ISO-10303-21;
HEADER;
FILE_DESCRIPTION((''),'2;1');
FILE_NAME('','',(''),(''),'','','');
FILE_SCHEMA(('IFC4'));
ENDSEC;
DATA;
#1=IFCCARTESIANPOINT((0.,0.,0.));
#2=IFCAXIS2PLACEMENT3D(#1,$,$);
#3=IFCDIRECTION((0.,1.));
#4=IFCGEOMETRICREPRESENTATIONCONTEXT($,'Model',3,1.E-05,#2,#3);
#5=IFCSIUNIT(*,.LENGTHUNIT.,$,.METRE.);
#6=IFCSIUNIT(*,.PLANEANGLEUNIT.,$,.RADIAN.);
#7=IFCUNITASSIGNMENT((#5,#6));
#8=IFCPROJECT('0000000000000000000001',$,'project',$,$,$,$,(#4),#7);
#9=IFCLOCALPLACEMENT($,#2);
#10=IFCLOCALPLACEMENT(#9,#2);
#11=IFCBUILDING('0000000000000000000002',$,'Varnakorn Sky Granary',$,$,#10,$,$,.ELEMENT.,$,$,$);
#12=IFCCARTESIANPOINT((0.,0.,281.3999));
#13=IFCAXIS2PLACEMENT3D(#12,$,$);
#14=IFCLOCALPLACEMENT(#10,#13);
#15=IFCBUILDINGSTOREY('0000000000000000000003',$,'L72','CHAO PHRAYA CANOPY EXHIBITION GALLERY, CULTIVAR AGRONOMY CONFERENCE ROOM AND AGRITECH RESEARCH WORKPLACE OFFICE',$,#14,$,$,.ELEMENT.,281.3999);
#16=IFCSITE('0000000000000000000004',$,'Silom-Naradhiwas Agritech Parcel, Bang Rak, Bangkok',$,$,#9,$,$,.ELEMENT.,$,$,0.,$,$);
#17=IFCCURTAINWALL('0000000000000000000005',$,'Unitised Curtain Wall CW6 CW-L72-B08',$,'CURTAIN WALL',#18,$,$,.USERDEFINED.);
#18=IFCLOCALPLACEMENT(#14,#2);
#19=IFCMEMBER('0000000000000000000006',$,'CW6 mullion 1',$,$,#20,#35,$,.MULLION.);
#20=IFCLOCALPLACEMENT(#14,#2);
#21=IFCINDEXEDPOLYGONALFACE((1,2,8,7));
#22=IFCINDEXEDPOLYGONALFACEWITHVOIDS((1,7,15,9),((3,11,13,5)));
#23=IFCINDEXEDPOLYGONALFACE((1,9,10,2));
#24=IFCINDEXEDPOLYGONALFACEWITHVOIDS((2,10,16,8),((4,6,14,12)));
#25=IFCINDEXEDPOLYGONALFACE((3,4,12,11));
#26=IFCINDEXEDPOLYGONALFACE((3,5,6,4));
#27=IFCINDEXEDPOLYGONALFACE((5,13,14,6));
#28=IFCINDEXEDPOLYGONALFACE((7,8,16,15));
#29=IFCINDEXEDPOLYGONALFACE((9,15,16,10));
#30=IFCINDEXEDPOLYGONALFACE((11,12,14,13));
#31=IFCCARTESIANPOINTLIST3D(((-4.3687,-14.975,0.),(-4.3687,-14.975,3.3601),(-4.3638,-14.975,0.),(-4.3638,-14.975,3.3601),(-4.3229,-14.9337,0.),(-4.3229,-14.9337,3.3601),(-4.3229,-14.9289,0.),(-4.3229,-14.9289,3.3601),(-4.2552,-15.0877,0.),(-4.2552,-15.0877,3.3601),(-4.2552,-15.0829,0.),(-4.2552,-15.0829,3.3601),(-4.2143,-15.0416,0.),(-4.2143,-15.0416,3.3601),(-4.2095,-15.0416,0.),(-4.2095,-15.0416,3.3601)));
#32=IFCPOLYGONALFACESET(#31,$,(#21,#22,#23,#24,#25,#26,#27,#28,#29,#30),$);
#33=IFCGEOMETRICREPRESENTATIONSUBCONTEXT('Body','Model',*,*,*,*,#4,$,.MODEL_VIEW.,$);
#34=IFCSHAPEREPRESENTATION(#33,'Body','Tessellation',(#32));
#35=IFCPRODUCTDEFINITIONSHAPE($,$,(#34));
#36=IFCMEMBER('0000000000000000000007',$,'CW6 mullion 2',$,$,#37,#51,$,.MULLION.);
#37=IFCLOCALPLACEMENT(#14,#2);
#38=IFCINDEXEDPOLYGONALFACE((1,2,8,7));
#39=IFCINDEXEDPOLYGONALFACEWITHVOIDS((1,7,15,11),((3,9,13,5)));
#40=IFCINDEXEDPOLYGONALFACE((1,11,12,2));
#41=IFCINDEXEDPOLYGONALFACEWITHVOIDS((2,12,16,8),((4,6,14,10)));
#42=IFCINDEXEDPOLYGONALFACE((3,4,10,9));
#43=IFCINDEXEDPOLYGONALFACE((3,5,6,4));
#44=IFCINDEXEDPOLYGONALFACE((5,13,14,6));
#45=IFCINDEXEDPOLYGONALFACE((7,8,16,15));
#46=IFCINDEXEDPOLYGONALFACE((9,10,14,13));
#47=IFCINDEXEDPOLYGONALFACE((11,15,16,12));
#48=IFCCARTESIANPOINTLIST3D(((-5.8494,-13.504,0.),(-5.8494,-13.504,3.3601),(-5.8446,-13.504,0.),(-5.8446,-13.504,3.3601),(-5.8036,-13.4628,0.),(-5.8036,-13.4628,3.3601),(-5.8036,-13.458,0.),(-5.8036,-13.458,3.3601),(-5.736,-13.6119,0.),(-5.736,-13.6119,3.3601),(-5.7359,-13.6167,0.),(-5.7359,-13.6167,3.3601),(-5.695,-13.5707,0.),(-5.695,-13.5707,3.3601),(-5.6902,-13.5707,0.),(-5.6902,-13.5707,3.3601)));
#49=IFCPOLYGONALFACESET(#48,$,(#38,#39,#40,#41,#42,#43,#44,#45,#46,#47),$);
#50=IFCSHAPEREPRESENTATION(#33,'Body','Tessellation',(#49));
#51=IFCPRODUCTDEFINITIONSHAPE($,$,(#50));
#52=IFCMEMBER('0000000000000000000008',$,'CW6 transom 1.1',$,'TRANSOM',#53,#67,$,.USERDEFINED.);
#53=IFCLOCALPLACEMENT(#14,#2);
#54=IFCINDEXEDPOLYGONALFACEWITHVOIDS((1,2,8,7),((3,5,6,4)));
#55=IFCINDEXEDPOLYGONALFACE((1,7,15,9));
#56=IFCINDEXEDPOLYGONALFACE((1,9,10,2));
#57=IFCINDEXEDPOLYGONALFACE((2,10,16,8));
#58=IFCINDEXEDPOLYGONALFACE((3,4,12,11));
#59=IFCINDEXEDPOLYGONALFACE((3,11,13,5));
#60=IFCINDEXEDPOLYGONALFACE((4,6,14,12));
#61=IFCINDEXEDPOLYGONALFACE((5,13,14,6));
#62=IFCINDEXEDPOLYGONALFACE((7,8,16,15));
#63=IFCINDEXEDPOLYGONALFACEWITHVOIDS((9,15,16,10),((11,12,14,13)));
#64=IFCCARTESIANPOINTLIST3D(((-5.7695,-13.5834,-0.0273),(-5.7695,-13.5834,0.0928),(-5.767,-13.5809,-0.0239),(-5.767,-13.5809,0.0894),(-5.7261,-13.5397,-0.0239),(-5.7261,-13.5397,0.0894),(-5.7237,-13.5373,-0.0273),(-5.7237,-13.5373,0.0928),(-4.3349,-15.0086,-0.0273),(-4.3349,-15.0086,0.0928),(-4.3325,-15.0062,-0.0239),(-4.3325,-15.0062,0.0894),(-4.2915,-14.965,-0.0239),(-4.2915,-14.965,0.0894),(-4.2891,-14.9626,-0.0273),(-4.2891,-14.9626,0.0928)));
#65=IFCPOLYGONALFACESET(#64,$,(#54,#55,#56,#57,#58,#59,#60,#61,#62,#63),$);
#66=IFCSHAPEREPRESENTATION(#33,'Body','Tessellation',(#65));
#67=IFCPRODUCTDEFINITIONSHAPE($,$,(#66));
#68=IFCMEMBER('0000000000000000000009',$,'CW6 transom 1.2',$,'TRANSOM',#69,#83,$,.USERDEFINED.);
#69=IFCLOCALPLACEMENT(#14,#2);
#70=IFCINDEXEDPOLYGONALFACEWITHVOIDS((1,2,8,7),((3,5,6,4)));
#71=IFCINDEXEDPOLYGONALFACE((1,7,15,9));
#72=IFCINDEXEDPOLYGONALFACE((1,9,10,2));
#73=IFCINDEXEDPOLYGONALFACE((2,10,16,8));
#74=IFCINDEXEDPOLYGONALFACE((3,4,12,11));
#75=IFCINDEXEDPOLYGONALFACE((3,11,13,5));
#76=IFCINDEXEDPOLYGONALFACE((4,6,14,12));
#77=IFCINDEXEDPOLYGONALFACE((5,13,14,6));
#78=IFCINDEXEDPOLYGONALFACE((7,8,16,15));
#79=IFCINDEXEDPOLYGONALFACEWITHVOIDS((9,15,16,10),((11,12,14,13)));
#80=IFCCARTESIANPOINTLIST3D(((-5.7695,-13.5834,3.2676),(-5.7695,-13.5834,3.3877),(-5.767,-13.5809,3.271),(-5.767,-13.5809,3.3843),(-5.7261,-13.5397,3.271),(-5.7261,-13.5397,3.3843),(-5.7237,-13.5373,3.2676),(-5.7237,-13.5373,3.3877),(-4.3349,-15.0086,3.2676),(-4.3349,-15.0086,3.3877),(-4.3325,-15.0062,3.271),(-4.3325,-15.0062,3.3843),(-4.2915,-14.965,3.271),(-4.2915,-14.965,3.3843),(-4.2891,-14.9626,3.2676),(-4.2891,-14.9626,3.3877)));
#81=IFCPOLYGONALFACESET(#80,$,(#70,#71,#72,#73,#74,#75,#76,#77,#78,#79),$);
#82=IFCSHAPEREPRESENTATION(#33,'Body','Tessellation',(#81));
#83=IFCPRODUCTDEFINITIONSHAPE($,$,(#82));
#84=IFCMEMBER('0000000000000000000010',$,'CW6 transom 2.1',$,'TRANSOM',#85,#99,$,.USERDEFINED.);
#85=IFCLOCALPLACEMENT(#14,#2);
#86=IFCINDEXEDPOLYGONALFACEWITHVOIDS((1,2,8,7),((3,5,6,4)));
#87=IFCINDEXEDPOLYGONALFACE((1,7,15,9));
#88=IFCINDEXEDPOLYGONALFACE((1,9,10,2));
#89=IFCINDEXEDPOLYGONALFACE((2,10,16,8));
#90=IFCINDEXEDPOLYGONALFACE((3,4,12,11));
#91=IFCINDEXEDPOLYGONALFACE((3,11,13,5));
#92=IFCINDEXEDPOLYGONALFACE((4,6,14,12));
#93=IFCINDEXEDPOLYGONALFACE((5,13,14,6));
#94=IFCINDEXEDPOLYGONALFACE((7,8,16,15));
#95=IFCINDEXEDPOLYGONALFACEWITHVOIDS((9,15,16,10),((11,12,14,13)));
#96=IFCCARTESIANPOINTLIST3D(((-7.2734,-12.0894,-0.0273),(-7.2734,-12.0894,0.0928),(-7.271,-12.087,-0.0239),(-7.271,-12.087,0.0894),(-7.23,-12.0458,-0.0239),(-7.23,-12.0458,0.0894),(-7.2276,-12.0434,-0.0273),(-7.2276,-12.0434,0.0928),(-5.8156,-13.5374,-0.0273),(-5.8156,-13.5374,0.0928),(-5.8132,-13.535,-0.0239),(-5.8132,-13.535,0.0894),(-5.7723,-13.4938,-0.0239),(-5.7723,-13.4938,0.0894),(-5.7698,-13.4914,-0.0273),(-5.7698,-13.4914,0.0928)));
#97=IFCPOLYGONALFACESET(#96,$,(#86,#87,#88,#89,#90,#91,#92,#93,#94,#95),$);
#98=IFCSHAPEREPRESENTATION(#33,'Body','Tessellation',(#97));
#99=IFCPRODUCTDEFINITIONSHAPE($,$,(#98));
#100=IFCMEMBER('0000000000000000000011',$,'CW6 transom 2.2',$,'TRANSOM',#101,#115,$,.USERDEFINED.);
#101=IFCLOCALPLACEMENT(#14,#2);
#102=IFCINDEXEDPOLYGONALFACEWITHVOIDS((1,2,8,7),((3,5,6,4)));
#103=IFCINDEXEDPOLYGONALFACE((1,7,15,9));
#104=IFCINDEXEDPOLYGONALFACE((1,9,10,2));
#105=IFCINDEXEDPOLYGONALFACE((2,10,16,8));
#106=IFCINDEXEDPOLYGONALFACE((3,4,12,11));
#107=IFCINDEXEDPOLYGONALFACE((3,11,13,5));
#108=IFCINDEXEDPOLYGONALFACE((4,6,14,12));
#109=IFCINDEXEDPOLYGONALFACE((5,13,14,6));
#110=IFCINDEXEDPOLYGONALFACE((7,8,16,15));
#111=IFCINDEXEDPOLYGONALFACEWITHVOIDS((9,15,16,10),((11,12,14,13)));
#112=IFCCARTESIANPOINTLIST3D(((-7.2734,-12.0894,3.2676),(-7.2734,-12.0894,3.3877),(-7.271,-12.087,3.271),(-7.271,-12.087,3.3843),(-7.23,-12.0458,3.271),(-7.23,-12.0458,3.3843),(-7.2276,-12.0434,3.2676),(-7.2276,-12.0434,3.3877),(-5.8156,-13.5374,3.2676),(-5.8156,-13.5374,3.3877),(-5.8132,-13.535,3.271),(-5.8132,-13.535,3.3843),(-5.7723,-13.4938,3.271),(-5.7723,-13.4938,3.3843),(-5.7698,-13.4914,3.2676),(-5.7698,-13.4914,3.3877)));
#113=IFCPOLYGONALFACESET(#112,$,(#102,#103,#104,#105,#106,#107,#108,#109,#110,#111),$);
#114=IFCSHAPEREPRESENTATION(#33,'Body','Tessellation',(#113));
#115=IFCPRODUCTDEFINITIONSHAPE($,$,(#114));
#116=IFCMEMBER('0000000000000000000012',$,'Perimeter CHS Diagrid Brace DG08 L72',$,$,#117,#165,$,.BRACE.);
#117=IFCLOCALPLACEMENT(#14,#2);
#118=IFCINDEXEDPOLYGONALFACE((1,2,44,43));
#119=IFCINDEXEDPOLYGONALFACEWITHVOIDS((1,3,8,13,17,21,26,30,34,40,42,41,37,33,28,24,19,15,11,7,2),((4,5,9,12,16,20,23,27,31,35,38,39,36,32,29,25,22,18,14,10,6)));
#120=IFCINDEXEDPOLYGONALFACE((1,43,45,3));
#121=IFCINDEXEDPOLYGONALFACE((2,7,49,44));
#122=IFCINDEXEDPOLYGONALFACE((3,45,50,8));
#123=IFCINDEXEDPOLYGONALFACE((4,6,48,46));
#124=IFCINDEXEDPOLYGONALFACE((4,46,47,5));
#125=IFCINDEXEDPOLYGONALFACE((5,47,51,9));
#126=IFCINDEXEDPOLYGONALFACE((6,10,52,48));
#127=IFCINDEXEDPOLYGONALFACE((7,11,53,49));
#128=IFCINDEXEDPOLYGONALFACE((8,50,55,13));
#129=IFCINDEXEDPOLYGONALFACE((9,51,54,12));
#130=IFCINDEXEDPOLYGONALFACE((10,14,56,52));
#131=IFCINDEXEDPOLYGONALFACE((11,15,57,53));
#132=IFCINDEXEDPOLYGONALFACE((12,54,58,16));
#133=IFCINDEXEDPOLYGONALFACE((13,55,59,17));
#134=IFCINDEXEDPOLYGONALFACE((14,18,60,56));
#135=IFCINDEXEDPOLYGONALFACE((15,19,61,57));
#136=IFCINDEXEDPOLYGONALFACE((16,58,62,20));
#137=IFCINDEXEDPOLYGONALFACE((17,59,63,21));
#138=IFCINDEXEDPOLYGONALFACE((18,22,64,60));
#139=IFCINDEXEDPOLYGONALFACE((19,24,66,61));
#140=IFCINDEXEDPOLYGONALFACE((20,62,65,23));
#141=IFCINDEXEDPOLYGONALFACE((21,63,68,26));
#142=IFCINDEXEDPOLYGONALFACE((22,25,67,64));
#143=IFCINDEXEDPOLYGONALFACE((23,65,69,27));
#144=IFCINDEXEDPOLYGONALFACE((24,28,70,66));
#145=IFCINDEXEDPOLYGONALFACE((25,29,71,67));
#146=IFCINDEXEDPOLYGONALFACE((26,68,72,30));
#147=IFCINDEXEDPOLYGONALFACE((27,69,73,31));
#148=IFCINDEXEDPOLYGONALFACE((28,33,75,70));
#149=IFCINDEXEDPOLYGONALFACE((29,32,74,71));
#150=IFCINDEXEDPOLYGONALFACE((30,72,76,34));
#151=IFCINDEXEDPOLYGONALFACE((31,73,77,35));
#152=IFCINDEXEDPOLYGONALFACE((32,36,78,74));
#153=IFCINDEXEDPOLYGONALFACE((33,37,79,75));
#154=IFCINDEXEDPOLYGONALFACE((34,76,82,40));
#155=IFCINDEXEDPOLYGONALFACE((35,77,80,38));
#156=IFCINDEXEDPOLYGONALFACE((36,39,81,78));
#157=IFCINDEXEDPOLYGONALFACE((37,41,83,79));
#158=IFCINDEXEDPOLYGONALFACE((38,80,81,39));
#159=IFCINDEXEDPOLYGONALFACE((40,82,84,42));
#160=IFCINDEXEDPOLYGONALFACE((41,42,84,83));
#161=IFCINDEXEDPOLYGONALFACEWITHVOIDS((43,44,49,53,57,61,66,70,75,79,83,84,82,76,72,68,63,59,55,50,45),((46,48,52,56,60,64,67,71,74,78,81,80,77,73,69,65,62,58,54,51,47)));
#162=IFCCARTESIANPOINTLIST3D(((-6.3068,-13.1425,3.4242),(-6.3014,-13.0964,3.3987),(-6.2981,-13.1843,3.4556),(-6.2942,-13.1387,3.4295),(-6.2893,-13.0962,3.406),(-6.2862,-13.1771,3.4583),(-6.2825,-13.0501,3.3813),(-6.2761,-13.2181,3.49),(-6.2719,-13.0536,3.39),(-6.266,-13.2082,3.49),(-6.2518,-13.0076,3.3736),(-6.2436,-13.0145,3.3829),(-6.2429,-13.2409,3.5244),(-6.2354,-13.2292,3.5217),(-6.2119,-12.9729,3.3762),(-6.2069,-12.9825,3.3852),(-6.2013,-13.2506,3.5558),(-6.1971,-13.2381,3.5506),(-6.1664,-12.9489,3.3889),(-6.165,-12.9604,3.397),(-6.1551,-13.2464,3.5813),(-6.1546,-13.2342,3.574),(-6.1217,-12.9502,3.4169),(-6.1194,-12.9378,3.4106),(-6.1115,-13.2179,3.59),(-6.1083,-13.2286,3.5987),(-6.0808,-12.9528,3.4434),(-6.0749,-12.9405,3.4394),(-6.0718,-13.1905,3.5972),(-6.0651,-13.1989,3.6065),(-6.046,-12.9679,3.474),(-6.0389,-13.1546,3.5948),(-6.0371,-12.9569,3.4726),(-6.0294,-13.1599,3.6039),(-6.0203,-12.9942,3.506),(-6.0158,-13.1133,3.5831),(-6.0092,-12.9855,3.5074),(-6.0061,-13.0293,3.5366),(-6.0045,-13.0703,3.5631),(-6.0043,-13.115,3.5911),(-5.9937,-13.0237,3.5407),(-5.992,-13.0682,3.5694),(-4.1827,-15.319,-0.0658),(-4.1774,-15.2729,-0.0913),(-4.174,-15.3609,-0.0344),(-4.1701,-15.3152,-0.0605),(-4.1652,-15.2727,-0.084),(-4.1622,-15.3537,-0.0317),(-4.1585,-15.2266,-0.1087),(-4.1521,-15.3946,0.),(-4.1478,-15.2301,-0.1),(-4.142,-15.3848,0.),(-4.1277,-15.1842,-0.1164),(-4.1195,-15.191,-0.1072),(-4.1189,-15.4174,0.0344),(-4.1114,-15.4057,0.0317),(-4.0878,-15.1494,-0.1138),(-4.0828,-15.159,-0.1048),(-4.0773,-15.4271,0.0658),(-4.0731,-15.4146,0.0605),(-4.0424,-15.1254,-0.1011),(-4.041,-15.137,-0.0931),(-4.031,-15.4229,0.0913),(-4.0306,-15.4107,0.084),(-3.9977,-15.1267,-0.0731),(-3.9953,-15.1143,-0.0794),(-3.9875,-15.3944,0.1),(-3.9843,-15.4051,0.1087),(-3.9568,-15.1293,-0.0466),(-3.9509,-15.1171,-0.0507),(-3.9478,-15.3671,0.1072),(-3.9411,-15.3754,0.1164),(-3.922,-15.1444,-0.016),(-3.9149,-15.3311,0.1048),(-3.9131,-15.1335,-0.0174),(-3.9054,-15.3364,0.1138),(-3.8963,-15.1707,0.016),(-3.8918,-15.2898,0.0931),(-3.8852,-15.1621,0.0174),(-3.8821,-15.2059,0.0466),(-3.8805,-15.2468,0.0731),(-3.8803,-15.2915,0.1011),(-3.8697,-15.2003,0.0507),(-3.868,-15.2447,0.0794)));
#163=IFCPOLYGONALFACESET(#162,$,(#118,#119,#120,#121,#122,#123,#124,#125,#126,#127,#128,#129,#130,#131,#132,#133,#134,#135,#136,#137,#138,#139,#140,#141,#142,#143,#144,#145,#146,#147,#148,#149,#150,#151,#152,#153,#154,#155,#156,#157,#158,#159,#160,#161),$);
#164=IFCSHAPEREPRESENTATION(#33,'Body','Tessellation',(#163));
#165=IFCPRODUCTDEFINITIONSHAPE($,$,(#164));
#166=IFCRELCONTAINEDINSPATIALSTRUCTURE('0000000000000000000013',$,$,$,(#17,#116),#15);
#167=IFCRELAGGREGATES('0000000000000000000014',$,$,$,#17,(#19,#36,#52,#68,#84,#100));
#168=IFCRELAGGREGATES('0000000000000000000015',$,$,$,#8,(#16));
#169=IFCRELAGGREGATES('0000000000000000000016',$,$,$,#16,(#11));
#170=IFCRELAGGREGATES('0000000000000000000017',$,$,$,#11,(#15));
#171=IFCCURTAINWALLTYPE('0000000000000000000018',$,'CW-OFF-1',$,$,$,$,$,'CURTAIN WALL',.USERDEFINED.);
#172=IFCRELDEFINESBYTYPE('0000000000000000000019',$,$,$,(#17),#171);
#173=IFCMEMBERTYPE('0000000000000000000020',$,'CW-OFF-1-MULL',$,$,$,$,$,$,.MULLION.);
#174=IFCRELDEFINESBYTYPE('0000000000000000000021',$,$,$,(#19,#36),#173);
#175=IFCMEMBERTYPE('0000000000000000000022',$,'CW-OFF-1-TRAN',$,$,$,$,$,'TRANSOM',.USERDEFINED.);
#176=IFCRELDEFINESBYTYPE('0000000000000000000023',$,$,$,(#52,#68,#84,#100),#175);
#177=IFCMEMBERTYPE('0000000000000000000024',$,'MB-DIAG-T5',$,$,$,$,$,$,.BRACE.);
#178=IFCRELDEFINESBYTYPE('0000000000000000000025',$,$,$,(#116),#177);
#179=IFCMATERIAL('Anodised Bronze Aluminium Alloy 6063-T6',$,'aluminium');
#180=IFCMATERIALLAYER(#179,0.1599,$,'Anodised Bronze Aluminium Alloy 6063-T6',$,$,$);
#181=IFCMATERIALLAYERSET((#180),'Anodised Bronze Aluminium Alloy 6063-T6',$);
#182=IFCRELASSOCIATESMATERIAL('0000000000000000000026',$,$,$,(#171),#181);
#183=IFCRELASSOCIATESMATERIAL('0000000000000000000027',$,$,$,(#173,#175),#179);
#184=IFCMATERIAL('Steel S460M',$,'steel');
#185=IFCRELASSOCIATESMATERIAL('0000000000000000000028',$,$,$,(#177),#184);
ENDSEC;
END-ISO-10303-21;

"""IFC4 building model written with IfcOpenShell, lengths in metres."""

from ifc_helpers import new_model, si_unit, direction, frame, origin, origin_2d, place, context, subcontext, project, spatial, hollow_rectangle, hollow_circle, extrude, material, layer, layer_set, material_profile, profile_set, type_object, element, aggregate, save


model = new_model("IFC4")

# Units and contexts
model_context = context("Model", 3, precision=1e-05, world=origin(), true_north=direction((0.0, 1.0)))
body_context = subcontext(model_context, "Body", "Model", "MODEL_VIEW")
ifc_project = project(units=[si_unit("LENGTHUNIT", "METRE"), si_unit("PLANEANGLEUNIT", "RADIAN")], contexts=[model_context])

# Site, building, storey
site_placement = place(None, origin())
site = spatial("IfcSite", under=ifc_project, at=site_placement, Name="Silom-Naradhiwas Agritech Parcel, Bang Rak, Bangkok", CompositionType="ELEMENT", RefElevation=0.0)
building_placement = place(site_placement, origin())
building = spatial("IfcBuilding", under=site, at=building_placement, Name="Varnakorn Sky Granary", CompositionType="ELEMENT")
storey_placement = place(building_placement, frame((0.0, 0.0, 281.3999)))
storey = spatial("IfcBuildingStorey", under=building, at=storey_placement, Name="L72", Description="CHAO PHRAYA CANOPY EXHIBITION GALLERY, CULTIVAR AGRONOMY CONFERENCE ROOM AND AGRITECH RESEARCH WORKPLACE OFFICE", CompositionType="ELEMENT", Elevation=281.3999)

# Shared definitions
ifc_material_1 = material(Name="Steel S460M", Category="steel")

# Curtain wall, members
ifc_material_2 = material(Name="Anodised Bronze Aluminium Alloy 6063-T6", Category="aluminium")
ifc_layer_1 = layer(ifc_material_2, 0.1599, Name="Anodised Bronze Aluminium Alloy 6063-T6")
ifc_layer_set_1 = layer_set([ifc_layer_1], Name="Anodised Bronze Aluminium Alloy 6063-T6")
curtain_wall_type = type_object("IfcCurtainWallType", Name="CW-OFF-1", ElementType="CURTAIN WALL", PredefinedType="USERDEFINED", material=ifc_layer_set_1)
curtain_wall_placement = place(storey_placement, origin())
curtain_wall = element("IfcCurtainWall", 1, at=curtain_wall_placement, inside=storey, type_object=curtain_wall_type, Name="Unitised Curtain Wall CW6 CW-L72-B08", ObjectType="CURTAIN WALL", PredefinedType="USERDEFINED")
ifc_material_profile_1 = material_profile(ifc_material_2, hollow_rectangle(XDim=0.0649, YDim=0.1599, WallThickness=0.0034, at=origin_2d()), Name="ALU MULL 65x160")
ifc_profile_set_1 = profile_set([ifc_material_profile_1], Name="Anodised Bronze Aluminium Alloy 6063-T6")
member_type_1 = type_object("IfcMemberType", Name="CW-OFF-1-MULL", PredefinedType="MULLION", material=ifc_profile_set_1)
member_1_placement = place(storey_placement, frame((-4.2891, -15.0083, 0.0), z_axis=(0.0, 0.0, 1.0), x_axis=(-0.704762, -0.709444, 0.0)))
member_1 = element("IfcMember", 2, at=member_1_placement, type_object=member_type_1, Name="CW6 mullion 1", PredefinedType="MULLION", context=body_context, shape_type="SweptSolid", body=[
    extrude(hollow_rectangle(XDim=0.0649, YDim=0.1599, WallThickness=0.0034, at=origin_2d()), origin(), (0.0, 0.0, 1.0), 3.3601),
])
member_2_placement = place(storey_placement, frame((-5.7698, -13.5374, 0.0), z_axis=(0.0, 0.0, 1.0), x_axis=(-0.704762, -0.709444, 0.0)))
member_2 = element("IfcMember", 3, at=member_2_placement, type_object=member_type_1, Name="CW6 mullion 2", PredefinedType="MULLION", context=body_context, shape_type="SweptSolid", body=[
    extrude(hollow_rectangle(XDim=0.0649, YDim=0.1599, WallThickness=0.0034, at=origin_2d()), origin(), (0.0, 0.0, 1.0), 3.3601),
])
ifc_material_profile_2 = material_profile(ifc_material_2, hollow_rectangle(XDim=0.0649, YDim=0.1201, WallThickness=0.0034, at=origin_2d()), Name="ALU TRAN 65x120")
ifc_profile_set_2 = profile_set([ifc_material_profile_2], Name="Anodised Bronze Aluminium Alloy 6063-T6")
member_type_2 = type_object("IfcMemberType", Name="CW-OFF-1-TRAN", ElementType="TRANSOM", PredefinedType="USERDEFINED", material=ifc_profile_set_2)
member_3_placement = place(storey_placement, frame((-4.312, -14.9856, 0.0327), z_axis=(-0.709397, 0.704809, 0.0), x_axis=(-0.704809, -0.709397, 0.0)))
member_3 = element("IfcMember", 4, at=member_3_placement, type_object=member_type_2, Name="CW6 transom 1.1", ObjectType="TRANSOM", PredefinedType="USERDEFINED", context=body_context, shape_type="SweptSolid", body=[
    extrude(hollow_rectangle(XDim=0.0649, YDim=0.1201, WallThickness=0.0034, at=origin_2d()), origin(), (0.0, 0.0, 1.0), 2.0222),
])
member_4_placement = place(storey_placement, frame((-4.312, -14.9856, 3.3276), z_axis=(-0.709397, 0.704809, 0.0), x_axis=(-0.704809, -0.709397, 0.0)))
member_4 = element("IfcMember", 5, at=member_4_placement, type_object=member_type_2, Name="CW6 transom 1.2", ObjectType="TRANSOM", PredefinedType="USERDEFINED", context=body_context, shape_type="SweptSolid", body=[
    extrude(hollow_rectangle(XDim=0.0649, YDim=0.1201, WallThickness=0.0034, at=origin_2d()), origin(), (0.0, 0.0, 1.0), 2.0222),
])
member_5_placement = place(storey_placement, frame((-5.7927, -13.5144, 0.0327), z_axis=(-0.709479, 0.704726, 0.0), x_axis=(-0.704726, -0.709479, 0.0)))
member_5 = element("IfcMember", 6, at=member_5_placement, type_object=member_type_2, Name="CW6 transom 2.1", ObjectType="TRANSOM", PredefinedType="USERDEFINED", context=body_context, shape_type="SweptSolid", body=[
    extrude(hollow_rectangle(XDim=0.0649, YDim=0.1201, WallThickness=0.0034, at=origin_2d()), origin(), (0.0, 0.0, 1.0), 2.0547),
])
member_6_placement = place(storey_placement, frame((-5.7927, -13.5144, 3.3276), z_axis=(-0.709479, 0.704726, 0.0), x_axis=(-0.704726, -0.709479, 0.0)))
member_6 = element("IfcMember", 7, at=member_6_placement, type_object=member_type_2, Name="CW6 transom 2.2", ObjectType="TRANSOM", PredefinedType="USERDEFINED", context=body_context, shape_type="SweptSolid", body=[
    extrude(hollow_rectangle(XDim=0.0649, YDim=0.1201, WallThickness=0.0034, at=origin_2d()), origin(), (0.0, 0.0, 1.0), 2.0547),
])

# Member
ifc_material_profile_3 = material_profile(ifc_material_1, hollow_circle(Radius=0.1777, WallThickness=0.0142, at=origin_2d()), Name="CHS 355.6x14")
ifc_profile_set_3 = profile_set([ifc_material_profile_3], Name="Steel S460M")
member_type_3 = type_object("IfcMemberType", Name="MB-DIAG-T5", PredefinedType="BRACE", material=ifc_profile_set_3)
member_7_placement = place(storey_placement, frame((-4.0249, -15.2705, 0.0), z_axis=(-0.45884, 0.470179, 0.753921), x_axis=(-0.715684, -0.698424, 0.0)))
element("IfcMember", 8, at=member_7_placement, inside=storey, type_object=member_type_3, Name="Perimeter CHS Diagrid Brace DG08 L72", PredefinedType="BRACE", context=body_context, shape_type="SweptSolid", body=[
    extrude(hollow_circle(Radius=0.1777, WallThickness=0.0142, at=origin_2d()), origin(), (0.0, 0.0, 1.0), 4.6292),
])

aggregate(curtain_wall, [member_1, member_2, member_3, member_4, member_5, member_6])

save(model, "model.ifc")
